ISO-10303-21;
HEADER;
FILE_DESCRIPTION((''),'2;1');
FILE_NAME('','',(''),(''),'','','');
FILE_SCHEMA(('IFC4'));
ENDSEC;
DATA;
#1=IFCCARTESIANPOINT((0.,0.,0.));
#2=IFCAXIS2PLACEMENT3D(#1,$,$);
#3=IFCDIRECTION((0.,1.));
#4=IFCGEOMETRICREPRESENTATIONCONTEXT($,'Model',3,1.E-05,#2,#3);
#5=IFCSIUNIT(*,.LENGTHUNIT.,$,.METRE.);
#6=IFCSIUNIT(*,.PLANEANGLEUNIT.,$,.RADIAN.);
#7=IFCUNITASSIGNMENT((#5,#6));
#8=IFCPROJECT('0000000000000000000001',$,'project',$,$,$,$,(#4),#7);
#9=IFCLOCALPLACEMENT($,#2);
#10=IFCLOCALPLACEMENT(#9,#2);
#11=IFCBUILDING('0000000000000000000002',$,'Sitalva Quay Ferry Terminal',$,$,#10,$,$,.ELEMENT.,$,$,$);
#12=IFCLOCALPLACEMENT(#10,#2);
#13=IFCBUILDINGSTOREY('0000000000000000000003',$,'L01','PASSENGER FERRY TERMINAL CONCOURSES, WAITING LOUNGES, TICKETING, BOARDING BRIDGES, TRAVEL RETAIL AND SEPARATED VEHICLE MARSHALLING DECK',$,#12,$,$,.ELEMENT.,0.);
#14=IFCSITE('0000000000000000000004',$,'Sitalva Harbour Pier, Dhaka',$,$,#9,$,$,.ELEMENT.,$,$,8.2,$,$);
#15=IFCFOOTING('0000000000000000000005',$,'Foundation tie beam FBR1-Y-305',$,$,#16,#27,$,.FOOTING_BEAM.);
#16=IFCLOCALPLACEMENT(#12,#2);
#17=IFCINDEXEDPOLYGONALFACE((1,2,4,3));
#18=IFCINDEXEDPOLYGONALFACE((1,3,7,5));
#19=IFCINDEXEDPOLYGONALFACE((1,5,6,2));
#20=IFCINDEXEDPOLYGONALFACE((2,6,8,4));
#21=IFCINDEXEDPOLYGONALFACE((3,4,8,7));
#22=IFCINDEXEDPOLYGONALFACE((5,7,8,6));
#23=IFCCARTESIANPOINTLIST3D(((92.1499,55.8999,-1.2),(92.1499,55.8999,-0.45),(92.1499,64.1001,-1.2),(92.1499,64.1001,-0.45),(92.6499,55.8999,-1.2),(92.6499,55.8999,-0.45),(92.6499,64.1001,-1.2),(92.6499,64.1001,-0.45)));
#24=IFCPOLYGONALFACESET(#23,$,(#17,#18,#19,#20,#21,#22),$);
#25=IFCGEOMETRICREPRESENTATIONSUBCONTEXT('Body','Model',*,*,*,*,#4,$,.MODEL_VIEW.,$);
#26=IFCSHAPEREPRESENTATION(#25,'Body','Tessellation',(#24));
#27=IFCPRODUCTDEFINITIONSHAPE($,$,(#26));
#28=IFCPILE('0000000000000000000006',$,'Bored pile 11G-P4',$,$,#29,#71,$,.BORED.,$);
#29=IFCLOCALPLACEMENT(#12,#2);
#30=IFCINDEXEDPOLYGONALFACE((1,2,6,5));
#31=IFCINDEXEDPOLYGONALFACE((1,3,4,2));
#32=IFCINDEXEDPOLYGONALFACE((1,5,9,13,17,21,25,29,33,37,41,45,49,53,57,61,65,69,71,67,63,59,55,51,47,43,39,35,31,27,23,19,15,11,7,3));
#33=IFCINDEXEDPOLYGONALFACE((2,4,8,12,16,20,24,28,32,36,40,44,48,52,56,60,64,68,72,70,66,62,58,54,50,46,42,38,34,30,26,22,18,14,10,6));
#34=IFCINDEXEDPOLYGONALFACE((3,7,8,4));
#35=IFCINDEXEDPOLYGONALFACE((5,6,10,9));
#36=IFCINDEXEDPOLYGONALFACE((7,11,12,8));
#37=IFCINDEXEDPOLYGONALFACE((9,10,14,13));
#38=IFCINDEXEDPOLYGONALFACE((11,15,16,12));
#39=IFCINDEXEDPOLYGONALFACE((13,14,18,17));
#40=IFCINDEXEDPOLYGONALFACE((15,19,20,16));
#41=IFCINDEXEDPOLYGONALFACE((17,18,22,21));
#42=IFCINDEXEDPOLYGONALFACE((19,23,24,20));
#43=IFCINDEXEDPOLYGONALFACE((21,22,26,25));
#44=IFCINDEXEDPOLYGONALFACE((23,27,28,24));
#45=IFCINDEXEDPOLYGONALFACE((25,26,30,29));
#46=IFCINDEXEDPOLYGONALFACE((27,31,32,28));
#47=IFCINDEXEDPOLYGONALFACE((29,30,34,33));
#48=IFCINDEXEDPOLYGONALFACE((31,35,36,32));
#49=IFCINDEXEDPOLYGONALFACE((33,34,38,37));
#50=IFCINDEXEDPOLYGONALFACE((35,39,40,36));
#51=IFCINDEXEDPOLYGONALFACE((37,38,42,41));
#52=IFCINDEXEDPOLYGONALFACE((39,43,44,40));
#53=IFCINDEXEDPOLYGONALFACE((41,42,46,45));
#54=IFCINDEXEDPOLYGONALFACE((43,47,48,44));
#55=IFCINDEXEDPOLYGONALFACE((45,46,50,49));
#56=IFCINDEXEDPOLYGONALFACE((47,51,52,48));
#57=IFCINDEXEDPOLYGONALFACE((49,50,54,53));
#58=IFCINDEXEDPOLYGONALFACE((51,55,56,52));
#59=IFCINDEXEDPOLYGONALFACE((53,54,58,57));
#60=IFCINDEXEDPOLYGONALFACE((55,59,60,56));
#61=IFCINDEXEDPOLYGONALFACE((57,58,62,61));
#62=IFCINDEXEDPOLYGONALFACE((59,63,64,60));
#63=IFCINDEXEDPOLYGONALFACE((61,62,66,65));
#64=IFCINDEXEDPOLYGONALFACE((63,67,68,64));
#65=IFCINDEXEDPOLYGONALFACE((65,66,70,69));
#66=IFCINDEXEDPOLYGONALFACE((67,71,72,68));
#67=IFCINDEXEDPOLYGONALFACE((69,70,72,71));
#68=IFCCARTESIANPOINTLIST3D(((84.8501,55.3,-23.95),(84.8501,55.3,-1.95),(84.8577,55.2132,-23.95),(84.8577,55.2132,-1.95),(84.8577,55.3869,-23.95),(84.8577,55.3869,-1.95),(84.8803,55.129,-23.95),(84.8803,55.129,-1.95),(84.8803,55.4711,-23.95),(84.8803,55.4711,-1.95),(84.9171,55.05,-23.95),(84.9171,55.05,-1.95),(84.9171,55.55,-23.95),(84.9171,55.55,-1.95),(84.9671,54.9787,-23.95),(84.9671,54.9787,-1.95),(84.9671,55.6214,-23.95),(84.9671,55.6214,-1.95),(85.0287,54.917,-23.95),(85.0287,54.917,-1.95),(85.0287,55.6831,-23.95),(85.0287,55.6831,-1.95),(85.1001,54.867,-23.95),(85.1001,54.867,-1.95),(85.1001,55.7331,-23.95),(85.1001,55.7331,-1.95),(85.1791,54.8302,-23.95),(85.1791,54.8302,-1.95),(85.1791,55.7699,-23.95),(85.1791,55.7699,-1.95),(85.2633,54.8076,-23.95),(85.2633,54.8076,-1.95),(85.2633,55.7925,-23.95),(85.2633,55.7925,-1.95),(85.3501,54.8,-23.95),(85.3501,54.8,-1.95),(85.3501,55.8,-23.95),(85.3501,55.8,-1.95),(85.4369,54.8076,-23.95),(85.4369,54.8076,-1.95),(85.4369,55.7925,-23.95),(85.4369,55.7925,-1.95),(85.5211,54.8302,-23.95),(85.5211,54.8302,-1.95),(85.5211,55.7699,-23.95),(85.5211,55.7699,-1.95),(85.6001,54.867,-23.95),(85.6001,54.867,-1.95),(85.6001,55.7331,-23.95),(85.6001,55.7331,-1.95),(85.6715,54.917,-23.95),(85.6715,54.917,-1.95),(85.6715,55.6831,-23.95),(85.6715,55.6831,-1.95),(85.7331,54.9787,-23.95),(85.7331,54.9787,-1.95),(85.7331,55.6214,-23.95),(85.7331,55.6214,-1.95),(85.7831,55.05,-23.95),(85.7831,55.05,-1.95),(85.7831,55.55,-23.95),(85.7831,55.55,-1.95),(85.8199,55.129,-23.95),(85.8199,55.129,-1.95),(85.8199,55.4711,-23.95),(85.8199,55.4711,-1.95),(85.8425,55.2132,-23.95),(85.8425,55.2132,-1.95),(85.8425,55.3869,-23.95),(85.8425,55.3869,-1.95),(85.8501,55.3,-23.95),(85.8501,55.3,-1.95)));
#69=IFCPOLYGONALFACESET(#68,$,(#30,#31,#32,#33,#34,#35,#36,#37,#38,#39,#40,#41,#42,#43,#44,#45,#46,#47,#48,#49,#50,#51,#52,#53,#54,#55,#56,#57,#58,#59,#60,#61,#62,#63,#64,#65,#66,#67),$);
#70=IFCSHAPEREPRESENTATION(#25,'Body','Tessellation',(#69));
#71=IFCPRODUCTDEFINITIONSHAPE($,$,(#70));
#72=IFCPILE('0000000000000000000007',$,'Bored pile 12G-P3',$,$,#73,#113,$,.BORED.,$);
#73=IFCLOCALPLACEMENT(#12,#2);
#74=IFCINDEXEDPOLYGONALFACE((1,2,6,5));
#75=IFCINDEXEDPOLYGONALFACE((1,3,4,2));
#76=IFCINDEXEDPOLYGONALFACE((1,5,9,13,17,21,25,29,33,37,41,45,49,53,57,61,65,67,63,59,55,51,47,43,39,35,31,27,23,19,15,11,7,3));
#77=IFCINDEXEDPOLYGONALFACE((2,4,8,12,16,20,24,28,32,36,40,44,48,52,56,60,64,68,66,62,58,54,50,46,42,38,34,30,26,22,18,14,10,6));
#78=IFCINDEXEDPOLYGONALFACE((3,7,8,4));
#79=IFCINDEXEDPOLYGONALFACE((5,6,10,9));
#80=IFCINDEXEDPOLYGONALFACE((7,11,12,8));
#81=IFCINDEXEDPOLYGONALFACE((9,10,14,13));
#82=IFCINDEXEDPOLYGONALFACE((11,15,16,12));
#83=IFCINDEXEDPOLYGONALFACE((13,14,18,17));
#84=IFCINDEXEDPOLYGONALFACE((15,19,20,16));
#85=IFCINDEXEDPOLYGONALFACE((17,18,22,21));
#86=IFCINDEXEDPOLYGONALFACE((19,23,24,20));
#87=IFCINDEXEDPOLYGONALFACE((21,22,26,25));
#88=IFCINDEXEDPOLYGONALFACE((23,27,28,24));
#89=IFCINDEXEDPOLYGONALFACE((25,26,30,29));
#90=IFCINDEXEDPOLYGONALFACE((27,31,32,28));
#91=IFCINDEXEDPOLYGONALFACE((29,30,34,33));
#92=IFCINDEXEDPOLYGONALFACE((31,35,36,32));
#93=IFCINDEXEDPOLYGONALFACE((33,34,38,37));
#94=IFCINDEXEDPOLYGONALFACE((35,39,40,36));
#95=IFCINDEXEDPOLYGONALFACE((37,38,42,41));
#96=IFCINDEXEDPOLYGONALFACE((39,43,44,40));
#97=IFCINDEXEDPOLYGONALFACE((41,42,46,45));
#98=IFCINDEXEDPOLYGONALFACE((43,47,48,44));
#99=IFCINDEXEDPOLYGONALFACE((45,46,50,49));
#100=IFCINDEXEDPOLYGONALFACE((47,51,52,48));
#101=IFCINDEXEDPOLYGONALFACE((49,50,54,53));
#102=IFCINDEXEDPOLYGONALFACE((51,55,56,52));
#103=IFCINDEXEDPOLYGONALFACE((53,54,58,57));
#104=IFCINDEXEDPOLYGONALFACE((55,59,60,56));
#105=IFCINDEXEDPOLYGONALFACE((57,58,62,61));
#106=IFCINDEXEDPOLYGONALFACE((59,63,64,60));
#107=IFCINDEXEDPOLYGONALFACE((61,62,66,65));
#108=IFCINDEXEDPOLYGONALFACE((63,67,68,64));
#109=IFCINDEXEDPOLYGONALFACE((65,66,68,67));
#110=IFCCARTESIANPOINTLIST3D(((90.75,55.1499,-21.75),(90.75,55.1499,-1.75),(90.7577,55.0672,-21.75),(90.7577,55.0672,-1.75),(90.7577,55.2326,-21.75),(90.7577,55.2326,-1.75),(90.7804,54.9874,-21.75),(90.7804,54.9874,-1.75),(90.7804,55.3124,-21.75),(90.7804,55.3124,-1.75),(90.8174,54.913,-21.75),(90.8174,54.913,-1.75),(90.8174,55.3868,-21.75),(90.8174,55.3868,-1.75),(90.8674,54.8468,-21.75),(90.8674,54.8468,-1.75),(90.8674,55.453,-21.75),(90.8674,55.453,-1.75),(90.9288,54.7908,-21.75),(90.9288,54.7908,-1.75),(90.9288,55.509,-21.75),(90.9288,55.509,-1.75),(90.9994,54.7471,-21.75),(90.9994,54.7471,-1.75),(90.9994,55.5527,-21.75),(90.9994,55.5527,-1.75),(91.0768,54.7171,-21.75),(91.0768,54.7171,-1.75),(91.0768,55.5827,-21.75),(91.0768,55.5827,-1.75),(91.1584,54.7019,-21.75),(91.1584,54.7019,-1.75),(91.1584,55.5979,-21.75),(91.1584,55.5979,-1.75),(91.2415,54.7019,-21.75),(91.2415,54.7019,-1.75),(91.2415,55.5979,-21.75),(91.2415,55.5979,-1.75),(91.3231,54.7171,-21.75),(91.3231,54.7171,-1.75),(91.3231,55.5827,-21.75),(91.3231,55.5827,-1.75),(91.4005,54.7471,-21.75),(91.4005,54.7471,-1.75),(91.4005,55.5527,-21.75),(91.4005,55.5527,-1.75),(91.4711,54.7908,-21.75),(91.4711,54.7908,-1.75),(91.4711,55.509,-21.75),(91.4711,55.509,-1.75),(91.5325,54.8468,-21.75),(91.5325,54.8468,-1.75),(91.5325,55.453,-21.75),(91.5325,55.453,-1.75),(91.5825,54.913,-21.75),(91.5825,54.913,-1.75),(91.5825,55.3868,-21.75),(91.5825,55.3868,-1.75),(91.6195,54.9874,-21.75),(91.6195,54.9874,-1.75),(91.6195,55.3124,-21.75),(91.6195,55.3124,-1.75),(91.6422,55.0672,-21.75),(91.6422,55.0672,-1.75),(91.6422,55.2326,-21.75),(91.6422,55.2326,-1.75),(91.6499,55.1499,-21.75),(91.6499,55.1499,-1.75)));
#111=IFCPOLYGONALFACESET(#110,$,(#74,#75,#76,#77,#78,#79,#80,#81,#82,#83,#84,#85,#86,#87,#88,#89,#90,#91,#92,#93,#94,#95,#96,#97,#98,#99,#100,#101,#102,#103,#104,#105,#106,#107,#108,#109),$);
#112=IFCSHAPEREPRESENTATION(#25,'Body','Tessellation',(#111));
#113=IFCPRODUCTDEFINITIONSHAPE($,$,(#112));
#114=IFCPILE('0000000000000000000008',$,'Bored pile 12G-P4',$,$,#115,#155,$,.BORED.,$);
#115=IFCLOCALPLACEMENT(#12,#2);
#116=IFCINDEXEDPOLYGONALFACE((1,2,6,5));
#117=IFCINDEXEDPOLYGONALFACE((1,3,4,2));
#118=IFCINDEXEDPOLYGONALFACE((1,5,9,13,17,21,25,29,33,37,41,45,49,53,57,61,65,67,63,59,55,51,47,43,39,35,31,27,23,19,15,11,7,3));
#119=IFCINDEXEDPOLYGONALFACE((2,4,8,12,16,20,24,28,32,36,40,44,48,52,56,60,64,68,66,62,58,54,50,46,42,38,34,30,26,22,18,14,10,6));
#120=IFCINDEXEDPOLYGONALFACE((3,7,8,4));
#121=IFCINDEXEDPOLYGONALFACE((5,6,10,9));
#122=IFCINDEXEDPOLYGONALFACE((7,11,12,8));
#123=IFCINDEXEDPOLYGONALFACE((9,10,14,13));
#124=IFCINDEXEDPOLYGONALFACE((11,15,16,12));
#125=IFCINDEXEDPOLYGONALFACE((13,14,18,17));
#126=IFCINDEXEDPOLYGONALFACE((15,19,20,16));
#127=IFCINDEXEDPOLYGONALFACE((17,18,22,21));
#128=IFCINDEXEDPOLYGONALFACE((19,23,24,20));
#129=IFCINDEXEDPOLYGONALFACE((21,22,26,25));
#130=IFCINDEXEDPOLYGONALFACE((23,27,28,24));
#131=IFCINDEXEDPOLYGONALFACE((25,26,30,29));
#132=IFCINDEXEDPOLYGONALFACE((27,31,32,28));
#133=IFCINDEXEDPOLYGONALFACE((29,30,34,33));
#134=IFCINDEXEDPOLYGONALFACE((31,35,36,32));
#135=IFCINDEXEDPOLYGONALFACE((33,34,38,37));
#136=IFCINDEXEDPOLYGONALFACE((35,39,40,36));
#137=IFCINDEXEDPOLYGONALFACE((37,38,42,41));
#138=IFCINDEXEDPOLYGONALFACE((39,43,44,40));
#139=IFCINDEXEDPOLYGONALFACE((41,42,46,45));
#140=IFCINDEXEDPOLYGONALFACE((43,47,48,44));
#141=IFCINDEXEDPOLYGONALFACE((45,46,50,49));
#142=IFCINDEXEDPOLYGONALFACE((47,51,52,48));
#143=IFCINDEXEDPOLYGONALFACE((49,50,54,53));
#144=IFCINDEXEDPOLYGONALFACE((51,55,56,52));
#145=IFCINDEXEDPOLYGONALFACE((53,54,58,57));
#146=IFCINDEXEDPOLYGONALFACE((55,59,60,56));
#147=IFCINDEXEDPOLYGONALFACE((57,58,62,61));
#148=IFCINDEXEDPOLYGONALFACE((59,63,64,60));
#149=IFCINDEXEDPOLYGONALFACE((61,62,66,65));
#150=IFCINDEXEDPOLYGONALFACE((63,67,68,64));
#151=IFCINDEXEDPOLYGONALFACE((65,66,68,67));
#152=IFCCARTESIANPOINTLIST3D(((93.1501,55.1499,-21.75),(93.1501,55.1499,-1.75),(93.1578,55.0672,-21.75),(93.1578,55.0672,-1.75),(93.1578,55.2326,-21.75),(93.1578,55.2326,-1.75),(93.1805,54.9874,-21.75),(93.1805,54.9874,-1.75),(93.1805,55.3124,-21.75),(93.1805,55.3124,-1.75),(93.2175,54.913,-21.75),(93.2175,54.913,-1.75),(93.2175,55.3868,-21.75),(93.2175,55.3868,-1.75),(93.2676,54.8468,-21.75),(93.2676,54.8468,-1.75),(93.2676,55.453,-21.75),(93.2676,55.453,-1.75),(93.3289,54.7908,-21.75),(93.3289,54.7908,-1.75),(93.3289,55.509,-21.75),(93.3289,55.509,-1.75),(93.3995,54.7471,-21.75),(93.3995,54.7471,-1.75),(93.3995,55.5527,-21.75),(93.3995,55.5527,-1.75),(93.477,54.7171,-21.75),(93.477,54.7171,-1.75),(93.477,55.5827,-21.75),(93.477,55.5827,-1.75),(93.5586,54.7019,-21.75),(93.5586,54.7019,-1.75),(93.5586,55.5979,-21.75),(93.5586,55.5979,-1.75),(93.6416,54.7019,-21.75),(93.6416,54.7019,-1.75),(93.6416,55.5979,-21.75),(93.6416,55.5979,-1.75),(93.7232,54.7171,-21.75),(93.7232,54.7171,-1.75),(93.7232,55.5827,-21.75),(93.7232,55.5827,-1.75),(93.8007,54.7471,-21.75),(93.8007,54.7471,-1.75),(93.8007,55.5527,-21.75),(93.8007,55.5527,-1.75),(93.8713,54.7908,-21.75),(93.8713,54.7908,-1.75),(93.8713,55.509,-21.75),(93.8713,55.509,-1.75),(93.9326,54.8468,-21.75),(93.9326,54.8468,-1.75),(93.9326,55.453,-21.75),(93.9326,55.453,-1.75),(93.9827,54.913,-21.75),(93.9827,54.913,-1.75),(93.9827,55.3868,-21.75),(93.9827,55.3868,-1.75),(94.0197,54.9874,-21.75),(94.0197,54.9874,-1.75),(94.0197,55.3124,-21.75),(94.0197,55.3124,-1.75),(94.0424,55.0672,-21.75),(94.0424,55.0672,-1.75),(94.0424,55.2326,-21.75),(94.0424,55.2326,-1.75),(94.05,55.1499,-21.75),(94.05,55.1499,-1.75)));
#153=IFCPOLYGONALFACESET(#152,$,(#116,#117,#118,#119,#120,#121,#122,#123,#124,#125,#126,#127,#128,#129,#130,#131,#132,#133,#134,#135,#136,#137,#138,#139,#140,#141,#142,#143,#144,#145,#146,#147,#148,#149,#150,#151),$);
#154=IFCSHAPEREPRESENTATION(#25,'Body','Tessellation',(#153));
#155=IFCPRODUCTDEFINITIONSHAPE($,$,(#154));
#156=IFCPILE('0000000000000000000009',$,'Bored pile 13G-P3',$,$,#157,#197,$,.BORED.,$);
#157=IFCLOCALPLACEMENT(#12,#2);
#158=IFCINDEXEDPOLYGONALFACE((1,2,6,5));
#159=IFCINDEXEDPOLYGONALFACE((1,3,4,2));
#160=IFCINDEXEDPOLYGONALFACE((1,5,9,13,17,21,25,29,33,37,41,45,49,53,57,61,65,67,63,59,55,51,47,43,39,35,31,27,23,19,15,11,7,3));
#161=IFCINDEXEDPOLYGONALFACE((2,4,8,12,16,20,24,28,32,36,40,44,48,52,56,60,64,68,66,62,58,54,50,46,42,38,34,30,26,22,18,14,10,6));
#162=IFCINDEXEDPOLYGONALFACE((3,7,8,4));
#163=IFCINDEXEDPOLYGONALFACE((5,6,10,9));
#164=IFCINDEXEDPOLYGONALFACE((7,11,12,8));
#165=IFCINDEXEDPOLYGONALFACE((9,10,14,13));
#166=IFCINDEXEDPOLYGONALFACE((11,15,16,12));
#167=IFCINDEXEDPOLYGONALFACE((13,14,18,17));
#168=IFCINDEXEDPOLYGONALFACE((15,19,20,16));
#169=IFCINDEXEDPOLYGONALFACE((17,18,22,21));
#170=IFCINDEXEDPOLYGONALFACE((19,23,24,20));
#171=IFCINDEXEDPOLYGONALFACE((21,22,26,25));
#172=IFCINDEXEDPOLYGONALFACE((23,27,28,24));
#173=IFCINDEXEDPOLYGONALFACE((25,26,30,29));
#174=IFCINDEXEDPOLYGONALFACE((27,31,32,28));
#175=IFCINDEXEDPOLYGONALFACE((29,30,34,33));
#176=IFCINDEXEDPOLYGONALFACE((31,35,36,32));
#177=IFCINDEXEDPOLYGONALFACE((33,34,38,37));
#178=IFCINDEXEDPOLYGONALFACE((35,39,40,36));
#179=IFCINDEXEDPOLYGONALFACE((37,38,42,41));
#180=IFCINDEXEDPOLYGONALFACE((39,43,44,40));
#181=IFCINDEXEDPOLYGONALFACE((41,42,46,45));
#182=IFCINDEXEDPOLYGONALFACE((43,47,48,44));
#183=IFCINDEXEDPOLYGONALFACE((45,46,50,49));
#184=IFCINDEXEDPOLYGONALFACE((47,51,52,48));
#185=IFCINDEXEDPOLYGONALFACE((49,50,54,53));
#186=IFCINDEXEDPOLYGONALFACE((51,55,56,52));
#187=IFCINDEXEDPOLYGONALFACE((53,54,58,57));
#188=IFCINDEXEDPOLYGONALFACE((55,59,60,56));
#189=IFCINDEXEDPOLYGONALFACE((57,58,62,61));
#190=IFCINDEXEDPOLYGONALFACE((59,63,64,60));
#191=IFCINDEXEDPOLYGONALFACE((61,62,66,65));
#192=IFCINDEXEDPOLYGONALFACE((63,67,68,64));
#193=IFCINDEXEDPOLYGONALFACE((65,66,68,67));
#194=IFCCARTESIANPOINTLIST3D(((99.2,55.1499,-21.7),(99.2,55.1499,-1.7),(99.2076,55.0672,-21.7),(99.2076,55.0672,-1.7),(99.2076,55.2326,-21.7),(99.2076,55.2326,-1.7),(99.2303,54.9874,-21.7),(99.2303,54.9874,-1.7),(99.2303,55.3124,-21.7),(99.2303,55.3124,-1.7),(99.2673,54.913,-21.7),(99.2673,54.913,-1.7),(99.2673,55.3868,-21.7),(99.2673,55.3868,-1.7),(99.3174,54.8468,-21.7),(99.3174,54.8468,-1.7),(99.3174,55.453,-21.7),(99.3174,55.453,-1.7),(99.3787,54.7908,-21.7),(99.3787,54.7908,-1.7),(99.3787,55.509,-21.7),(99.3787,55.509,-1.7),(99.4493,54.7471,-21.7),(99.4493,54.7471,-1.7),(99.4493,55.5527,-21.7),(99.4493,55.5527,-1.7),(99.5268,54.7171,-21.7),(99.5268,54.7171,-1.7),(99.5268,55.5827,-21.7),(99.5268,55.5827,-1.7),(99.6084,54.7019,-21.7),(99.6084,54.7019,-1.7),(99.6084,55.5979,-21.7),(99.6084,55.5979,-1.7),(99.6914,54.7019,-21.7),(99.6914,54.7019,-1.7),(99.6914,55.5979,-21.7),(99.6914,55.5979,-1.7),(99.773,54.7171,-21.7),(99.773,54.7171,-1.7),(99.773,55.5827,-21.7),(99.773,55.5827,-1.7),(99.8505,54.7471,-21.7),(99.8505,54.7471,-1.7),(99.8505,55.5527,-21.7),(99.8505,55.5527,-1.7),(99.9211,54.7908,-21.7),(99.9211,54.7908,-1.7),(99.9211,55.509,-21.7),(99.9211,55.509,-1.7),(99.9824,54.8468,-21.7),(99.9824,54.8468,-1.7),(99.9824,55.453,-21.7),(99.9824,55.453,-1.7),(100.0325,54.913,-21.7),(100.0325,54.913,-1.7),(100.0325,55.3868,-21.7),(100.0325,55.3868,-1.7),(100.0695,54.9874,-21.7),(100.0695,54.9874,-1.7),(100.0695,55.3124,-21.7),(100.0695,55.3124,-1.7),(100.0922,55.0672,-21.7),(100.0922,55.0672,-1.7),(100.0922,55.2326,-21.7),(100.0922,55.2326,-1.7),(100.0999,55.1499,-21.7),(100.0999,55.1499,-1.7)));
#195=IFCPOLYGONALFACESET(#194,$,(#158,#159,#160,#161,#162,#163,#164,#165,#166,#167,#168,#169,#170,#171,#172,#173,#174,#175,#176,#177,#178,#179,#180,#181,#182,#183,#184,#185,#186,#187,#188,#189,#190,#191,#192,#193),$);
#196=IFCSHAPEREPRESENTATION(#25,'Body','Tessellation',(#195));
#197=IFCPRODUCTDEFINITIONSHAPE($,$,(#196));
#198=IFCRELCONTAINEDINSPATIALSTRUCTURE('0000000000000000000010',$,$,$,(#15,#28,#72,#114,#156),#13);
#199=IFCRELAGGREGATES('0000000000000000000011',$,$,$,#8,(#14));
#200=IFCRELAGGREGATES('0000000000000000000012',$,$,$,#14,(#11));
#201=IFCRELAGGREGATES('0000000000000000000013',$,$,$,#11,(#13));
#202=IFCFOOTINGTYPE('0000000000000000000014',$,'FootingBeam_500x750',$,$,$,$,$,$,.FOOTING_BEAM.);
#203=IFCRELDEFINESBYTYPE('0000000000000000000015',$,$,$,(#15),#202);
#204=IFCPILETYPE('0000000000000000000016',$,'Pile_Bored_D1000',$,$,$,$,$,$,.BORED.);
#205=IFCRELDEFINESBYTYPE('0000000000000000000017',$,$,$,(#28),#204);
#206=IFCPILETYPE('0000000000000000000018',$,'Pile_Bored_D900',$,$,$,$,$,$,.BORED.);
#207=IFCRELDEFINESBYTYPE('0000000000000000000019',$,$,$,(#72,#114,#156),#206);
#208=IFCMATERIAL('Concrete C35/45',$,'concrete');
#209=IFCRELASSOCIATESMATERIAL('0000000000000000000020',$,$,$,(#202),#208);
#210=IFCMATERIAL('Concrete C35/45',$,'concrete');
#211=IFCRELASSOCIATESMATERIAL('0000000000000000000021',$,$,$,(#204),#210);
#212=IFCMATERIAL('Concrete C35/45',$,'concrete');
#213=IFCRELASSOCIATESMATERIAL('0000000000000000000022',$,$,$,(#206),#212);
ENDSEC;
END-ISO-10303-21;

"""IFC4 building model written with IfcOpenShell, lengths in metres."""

from ifc_helpers import new_model, si_unit, direction, frame, origin, origin_2d, place, context, subcontext, project, spatial, rectangle, circle, extrude, material, material_profile, profile_set, type_object, element, save


model = new_model("IFC4")

# Units and contexts
model_context = context("Model", 3, precision=1e-05, world=origin(), true_north=direction((0.0, 1.0)))
body_context = subcontext(model_context, "Body", "Model", "MODEL_VIEW")
ifc_project = project(units=[si_unit("LENGTHUNIT", "METRE"), si_unit("PLANEANGLEUNIT", "RADIAN")], contexts=[model_context])

# Site, building, storey
site_placement = place(None, origin())
site = spatial("IfcSite", under=ifc_project, at=site_placement, Name="Sitalva Harbour Pier, Dhaka", CompositionType="ELEMENT", RefElevation=8.2)
building_placement = place(site_placement, origin())
building = spatial("IfcBuilding", under=site, at=building_placement, Name="Sitalva Quay Ferry Terminal", CompositionType="ELEMENT")
storey_placement = place(building_placement, origin())
storey = spatial("IfcBuildingStorey", under=building, at=storey_placement, Name="L01", Description="PASSENGER FERRY TERMINAL CONCOURSES, WAITING LOUNGES, TICKETING, BOARDING BRIDGES, TRAVEL RETAIL AND SEPARATED VEHICLE MARSHALLING DECK", CompositionType="ELEMENT", Elevation=0.0)

# Footing
ifc_material_1 = material(Name="Concrete C35/45", Category="concrete")
ifc_material_profile_1 = material_profile(ifc_material_1, rectangle(XDim=0.5, YDim=0.75, at=origin_2d()), Name="RC500x750")
ifc_profile_set_1 = profile_set([ifc_material_profile_1], Name="Concrete C35/45")
footing_type = type_object("IfcFootingType", Name="FootingBeam_500x750", PredefinedType="FOOTING_BEAM", material=ifc_profile_set_1)
footing_placement = place(storey_placement, frame((92.3999, 55.8999, -0.825), z_axis=(0.0, 1.0, 0.0), x_axis=(-1.0, 0.0, 0.0)))
element("IfcFooting", 1, at=footing_placement, inside=storey, type_object=footing_type, Name="Foundation tie beam FBR1-Y-305", PredefinedType="FOOTING_BEAM", context=body_context, shape_type="SweptSolid", body=[
    extrude(rectangle(XDim=0.5, YDim=0.75, at=origin_2d()), origin(), (0.0, 0.0, 1.0), 8.2002),
])

# Piles
ifc_material_2 = material(Name="Concrete C35/45", Category="concrete")
ifc_material_profile_2 = material_profile(ifc_material_2, circle(Radius=0.5, at=origin_2d()), Name="PILE-D1000")
ifc_profile_set_2 = profile_set([ifc_material_profile_2], Name="Concrete C35/45")
pile_type_1 = type_object("IfcPileType", Name="Pile_Bored_D1000", PredefinedType="BORED", material=ifc_profile_set_2)
pile_placement = place(storey_placement, frame((85.3501, 55.3, -1.95), z_axis=(0.0, 0.0, -1.0), x_axis=(1.0, 0.0, 0.0)))
element("IfcPile", 2, at=pile_placement, inside=storey, type_object=pile_type_1, Name="Bored pile 11G-P4", PredefinedType="BORED", context=body_context, shape_type="SweptSolid", body=[
    extrude(circle(Radius=0.5, at=origin_2d()), origin(), (0.0, 0.0, 1.0), 22.0),
])
ifc_material_3 = material(Name="Concrete C35/45", Category="concrete")
ifc_material_profile_3 = material_profile(ifc_material_3, circle(Radius=0.45, at=origin_2d()), Name="PILE-D900")
ifc_profile_set_3 = profile_set([ifc_material_profile_3], Name="Concrete C35/45")
pile_type_2 = type_object("IfcPileType", Name="Pile_Bored_D900", PredefinedType="BORED", material=ifc_profile_set_3)
for number, where, z_axis, x_axis, name in (
    (3, (91.2, 55.1499, -1.75), (0.0, 0.0, -1.0), (1.0, 0.0, 0.0), "Bored pile 12G-P3"),
    (4, (93.6001, 55.1499, -1.75), (0.0, 0.0, -1.0), (1.0, 0.0, 0.0), "Bored pile 12G-P4"),
    (5, (99.6499, 55.1499, -1.7), (0.0, 0.0, -1.0), (1.0, 0.0, 0.0), "Bored pile 13G-P3"),
):
    element("IfcPile", number, at=place(storey_placement, frame(where, z_axis=z_axis, x_axis=x_axis)), inside=storey, type_object=pile_type_2, Name=name, PredefinedType="BORED", context=body_context, shape_type="SweptSolid", body=[
        extrude(circle(Radius=0.45, at=origin_2d()), origin(), (0.0, 0.0, 1.0), 20.0),
    ])

save(model, "model.ifc")
